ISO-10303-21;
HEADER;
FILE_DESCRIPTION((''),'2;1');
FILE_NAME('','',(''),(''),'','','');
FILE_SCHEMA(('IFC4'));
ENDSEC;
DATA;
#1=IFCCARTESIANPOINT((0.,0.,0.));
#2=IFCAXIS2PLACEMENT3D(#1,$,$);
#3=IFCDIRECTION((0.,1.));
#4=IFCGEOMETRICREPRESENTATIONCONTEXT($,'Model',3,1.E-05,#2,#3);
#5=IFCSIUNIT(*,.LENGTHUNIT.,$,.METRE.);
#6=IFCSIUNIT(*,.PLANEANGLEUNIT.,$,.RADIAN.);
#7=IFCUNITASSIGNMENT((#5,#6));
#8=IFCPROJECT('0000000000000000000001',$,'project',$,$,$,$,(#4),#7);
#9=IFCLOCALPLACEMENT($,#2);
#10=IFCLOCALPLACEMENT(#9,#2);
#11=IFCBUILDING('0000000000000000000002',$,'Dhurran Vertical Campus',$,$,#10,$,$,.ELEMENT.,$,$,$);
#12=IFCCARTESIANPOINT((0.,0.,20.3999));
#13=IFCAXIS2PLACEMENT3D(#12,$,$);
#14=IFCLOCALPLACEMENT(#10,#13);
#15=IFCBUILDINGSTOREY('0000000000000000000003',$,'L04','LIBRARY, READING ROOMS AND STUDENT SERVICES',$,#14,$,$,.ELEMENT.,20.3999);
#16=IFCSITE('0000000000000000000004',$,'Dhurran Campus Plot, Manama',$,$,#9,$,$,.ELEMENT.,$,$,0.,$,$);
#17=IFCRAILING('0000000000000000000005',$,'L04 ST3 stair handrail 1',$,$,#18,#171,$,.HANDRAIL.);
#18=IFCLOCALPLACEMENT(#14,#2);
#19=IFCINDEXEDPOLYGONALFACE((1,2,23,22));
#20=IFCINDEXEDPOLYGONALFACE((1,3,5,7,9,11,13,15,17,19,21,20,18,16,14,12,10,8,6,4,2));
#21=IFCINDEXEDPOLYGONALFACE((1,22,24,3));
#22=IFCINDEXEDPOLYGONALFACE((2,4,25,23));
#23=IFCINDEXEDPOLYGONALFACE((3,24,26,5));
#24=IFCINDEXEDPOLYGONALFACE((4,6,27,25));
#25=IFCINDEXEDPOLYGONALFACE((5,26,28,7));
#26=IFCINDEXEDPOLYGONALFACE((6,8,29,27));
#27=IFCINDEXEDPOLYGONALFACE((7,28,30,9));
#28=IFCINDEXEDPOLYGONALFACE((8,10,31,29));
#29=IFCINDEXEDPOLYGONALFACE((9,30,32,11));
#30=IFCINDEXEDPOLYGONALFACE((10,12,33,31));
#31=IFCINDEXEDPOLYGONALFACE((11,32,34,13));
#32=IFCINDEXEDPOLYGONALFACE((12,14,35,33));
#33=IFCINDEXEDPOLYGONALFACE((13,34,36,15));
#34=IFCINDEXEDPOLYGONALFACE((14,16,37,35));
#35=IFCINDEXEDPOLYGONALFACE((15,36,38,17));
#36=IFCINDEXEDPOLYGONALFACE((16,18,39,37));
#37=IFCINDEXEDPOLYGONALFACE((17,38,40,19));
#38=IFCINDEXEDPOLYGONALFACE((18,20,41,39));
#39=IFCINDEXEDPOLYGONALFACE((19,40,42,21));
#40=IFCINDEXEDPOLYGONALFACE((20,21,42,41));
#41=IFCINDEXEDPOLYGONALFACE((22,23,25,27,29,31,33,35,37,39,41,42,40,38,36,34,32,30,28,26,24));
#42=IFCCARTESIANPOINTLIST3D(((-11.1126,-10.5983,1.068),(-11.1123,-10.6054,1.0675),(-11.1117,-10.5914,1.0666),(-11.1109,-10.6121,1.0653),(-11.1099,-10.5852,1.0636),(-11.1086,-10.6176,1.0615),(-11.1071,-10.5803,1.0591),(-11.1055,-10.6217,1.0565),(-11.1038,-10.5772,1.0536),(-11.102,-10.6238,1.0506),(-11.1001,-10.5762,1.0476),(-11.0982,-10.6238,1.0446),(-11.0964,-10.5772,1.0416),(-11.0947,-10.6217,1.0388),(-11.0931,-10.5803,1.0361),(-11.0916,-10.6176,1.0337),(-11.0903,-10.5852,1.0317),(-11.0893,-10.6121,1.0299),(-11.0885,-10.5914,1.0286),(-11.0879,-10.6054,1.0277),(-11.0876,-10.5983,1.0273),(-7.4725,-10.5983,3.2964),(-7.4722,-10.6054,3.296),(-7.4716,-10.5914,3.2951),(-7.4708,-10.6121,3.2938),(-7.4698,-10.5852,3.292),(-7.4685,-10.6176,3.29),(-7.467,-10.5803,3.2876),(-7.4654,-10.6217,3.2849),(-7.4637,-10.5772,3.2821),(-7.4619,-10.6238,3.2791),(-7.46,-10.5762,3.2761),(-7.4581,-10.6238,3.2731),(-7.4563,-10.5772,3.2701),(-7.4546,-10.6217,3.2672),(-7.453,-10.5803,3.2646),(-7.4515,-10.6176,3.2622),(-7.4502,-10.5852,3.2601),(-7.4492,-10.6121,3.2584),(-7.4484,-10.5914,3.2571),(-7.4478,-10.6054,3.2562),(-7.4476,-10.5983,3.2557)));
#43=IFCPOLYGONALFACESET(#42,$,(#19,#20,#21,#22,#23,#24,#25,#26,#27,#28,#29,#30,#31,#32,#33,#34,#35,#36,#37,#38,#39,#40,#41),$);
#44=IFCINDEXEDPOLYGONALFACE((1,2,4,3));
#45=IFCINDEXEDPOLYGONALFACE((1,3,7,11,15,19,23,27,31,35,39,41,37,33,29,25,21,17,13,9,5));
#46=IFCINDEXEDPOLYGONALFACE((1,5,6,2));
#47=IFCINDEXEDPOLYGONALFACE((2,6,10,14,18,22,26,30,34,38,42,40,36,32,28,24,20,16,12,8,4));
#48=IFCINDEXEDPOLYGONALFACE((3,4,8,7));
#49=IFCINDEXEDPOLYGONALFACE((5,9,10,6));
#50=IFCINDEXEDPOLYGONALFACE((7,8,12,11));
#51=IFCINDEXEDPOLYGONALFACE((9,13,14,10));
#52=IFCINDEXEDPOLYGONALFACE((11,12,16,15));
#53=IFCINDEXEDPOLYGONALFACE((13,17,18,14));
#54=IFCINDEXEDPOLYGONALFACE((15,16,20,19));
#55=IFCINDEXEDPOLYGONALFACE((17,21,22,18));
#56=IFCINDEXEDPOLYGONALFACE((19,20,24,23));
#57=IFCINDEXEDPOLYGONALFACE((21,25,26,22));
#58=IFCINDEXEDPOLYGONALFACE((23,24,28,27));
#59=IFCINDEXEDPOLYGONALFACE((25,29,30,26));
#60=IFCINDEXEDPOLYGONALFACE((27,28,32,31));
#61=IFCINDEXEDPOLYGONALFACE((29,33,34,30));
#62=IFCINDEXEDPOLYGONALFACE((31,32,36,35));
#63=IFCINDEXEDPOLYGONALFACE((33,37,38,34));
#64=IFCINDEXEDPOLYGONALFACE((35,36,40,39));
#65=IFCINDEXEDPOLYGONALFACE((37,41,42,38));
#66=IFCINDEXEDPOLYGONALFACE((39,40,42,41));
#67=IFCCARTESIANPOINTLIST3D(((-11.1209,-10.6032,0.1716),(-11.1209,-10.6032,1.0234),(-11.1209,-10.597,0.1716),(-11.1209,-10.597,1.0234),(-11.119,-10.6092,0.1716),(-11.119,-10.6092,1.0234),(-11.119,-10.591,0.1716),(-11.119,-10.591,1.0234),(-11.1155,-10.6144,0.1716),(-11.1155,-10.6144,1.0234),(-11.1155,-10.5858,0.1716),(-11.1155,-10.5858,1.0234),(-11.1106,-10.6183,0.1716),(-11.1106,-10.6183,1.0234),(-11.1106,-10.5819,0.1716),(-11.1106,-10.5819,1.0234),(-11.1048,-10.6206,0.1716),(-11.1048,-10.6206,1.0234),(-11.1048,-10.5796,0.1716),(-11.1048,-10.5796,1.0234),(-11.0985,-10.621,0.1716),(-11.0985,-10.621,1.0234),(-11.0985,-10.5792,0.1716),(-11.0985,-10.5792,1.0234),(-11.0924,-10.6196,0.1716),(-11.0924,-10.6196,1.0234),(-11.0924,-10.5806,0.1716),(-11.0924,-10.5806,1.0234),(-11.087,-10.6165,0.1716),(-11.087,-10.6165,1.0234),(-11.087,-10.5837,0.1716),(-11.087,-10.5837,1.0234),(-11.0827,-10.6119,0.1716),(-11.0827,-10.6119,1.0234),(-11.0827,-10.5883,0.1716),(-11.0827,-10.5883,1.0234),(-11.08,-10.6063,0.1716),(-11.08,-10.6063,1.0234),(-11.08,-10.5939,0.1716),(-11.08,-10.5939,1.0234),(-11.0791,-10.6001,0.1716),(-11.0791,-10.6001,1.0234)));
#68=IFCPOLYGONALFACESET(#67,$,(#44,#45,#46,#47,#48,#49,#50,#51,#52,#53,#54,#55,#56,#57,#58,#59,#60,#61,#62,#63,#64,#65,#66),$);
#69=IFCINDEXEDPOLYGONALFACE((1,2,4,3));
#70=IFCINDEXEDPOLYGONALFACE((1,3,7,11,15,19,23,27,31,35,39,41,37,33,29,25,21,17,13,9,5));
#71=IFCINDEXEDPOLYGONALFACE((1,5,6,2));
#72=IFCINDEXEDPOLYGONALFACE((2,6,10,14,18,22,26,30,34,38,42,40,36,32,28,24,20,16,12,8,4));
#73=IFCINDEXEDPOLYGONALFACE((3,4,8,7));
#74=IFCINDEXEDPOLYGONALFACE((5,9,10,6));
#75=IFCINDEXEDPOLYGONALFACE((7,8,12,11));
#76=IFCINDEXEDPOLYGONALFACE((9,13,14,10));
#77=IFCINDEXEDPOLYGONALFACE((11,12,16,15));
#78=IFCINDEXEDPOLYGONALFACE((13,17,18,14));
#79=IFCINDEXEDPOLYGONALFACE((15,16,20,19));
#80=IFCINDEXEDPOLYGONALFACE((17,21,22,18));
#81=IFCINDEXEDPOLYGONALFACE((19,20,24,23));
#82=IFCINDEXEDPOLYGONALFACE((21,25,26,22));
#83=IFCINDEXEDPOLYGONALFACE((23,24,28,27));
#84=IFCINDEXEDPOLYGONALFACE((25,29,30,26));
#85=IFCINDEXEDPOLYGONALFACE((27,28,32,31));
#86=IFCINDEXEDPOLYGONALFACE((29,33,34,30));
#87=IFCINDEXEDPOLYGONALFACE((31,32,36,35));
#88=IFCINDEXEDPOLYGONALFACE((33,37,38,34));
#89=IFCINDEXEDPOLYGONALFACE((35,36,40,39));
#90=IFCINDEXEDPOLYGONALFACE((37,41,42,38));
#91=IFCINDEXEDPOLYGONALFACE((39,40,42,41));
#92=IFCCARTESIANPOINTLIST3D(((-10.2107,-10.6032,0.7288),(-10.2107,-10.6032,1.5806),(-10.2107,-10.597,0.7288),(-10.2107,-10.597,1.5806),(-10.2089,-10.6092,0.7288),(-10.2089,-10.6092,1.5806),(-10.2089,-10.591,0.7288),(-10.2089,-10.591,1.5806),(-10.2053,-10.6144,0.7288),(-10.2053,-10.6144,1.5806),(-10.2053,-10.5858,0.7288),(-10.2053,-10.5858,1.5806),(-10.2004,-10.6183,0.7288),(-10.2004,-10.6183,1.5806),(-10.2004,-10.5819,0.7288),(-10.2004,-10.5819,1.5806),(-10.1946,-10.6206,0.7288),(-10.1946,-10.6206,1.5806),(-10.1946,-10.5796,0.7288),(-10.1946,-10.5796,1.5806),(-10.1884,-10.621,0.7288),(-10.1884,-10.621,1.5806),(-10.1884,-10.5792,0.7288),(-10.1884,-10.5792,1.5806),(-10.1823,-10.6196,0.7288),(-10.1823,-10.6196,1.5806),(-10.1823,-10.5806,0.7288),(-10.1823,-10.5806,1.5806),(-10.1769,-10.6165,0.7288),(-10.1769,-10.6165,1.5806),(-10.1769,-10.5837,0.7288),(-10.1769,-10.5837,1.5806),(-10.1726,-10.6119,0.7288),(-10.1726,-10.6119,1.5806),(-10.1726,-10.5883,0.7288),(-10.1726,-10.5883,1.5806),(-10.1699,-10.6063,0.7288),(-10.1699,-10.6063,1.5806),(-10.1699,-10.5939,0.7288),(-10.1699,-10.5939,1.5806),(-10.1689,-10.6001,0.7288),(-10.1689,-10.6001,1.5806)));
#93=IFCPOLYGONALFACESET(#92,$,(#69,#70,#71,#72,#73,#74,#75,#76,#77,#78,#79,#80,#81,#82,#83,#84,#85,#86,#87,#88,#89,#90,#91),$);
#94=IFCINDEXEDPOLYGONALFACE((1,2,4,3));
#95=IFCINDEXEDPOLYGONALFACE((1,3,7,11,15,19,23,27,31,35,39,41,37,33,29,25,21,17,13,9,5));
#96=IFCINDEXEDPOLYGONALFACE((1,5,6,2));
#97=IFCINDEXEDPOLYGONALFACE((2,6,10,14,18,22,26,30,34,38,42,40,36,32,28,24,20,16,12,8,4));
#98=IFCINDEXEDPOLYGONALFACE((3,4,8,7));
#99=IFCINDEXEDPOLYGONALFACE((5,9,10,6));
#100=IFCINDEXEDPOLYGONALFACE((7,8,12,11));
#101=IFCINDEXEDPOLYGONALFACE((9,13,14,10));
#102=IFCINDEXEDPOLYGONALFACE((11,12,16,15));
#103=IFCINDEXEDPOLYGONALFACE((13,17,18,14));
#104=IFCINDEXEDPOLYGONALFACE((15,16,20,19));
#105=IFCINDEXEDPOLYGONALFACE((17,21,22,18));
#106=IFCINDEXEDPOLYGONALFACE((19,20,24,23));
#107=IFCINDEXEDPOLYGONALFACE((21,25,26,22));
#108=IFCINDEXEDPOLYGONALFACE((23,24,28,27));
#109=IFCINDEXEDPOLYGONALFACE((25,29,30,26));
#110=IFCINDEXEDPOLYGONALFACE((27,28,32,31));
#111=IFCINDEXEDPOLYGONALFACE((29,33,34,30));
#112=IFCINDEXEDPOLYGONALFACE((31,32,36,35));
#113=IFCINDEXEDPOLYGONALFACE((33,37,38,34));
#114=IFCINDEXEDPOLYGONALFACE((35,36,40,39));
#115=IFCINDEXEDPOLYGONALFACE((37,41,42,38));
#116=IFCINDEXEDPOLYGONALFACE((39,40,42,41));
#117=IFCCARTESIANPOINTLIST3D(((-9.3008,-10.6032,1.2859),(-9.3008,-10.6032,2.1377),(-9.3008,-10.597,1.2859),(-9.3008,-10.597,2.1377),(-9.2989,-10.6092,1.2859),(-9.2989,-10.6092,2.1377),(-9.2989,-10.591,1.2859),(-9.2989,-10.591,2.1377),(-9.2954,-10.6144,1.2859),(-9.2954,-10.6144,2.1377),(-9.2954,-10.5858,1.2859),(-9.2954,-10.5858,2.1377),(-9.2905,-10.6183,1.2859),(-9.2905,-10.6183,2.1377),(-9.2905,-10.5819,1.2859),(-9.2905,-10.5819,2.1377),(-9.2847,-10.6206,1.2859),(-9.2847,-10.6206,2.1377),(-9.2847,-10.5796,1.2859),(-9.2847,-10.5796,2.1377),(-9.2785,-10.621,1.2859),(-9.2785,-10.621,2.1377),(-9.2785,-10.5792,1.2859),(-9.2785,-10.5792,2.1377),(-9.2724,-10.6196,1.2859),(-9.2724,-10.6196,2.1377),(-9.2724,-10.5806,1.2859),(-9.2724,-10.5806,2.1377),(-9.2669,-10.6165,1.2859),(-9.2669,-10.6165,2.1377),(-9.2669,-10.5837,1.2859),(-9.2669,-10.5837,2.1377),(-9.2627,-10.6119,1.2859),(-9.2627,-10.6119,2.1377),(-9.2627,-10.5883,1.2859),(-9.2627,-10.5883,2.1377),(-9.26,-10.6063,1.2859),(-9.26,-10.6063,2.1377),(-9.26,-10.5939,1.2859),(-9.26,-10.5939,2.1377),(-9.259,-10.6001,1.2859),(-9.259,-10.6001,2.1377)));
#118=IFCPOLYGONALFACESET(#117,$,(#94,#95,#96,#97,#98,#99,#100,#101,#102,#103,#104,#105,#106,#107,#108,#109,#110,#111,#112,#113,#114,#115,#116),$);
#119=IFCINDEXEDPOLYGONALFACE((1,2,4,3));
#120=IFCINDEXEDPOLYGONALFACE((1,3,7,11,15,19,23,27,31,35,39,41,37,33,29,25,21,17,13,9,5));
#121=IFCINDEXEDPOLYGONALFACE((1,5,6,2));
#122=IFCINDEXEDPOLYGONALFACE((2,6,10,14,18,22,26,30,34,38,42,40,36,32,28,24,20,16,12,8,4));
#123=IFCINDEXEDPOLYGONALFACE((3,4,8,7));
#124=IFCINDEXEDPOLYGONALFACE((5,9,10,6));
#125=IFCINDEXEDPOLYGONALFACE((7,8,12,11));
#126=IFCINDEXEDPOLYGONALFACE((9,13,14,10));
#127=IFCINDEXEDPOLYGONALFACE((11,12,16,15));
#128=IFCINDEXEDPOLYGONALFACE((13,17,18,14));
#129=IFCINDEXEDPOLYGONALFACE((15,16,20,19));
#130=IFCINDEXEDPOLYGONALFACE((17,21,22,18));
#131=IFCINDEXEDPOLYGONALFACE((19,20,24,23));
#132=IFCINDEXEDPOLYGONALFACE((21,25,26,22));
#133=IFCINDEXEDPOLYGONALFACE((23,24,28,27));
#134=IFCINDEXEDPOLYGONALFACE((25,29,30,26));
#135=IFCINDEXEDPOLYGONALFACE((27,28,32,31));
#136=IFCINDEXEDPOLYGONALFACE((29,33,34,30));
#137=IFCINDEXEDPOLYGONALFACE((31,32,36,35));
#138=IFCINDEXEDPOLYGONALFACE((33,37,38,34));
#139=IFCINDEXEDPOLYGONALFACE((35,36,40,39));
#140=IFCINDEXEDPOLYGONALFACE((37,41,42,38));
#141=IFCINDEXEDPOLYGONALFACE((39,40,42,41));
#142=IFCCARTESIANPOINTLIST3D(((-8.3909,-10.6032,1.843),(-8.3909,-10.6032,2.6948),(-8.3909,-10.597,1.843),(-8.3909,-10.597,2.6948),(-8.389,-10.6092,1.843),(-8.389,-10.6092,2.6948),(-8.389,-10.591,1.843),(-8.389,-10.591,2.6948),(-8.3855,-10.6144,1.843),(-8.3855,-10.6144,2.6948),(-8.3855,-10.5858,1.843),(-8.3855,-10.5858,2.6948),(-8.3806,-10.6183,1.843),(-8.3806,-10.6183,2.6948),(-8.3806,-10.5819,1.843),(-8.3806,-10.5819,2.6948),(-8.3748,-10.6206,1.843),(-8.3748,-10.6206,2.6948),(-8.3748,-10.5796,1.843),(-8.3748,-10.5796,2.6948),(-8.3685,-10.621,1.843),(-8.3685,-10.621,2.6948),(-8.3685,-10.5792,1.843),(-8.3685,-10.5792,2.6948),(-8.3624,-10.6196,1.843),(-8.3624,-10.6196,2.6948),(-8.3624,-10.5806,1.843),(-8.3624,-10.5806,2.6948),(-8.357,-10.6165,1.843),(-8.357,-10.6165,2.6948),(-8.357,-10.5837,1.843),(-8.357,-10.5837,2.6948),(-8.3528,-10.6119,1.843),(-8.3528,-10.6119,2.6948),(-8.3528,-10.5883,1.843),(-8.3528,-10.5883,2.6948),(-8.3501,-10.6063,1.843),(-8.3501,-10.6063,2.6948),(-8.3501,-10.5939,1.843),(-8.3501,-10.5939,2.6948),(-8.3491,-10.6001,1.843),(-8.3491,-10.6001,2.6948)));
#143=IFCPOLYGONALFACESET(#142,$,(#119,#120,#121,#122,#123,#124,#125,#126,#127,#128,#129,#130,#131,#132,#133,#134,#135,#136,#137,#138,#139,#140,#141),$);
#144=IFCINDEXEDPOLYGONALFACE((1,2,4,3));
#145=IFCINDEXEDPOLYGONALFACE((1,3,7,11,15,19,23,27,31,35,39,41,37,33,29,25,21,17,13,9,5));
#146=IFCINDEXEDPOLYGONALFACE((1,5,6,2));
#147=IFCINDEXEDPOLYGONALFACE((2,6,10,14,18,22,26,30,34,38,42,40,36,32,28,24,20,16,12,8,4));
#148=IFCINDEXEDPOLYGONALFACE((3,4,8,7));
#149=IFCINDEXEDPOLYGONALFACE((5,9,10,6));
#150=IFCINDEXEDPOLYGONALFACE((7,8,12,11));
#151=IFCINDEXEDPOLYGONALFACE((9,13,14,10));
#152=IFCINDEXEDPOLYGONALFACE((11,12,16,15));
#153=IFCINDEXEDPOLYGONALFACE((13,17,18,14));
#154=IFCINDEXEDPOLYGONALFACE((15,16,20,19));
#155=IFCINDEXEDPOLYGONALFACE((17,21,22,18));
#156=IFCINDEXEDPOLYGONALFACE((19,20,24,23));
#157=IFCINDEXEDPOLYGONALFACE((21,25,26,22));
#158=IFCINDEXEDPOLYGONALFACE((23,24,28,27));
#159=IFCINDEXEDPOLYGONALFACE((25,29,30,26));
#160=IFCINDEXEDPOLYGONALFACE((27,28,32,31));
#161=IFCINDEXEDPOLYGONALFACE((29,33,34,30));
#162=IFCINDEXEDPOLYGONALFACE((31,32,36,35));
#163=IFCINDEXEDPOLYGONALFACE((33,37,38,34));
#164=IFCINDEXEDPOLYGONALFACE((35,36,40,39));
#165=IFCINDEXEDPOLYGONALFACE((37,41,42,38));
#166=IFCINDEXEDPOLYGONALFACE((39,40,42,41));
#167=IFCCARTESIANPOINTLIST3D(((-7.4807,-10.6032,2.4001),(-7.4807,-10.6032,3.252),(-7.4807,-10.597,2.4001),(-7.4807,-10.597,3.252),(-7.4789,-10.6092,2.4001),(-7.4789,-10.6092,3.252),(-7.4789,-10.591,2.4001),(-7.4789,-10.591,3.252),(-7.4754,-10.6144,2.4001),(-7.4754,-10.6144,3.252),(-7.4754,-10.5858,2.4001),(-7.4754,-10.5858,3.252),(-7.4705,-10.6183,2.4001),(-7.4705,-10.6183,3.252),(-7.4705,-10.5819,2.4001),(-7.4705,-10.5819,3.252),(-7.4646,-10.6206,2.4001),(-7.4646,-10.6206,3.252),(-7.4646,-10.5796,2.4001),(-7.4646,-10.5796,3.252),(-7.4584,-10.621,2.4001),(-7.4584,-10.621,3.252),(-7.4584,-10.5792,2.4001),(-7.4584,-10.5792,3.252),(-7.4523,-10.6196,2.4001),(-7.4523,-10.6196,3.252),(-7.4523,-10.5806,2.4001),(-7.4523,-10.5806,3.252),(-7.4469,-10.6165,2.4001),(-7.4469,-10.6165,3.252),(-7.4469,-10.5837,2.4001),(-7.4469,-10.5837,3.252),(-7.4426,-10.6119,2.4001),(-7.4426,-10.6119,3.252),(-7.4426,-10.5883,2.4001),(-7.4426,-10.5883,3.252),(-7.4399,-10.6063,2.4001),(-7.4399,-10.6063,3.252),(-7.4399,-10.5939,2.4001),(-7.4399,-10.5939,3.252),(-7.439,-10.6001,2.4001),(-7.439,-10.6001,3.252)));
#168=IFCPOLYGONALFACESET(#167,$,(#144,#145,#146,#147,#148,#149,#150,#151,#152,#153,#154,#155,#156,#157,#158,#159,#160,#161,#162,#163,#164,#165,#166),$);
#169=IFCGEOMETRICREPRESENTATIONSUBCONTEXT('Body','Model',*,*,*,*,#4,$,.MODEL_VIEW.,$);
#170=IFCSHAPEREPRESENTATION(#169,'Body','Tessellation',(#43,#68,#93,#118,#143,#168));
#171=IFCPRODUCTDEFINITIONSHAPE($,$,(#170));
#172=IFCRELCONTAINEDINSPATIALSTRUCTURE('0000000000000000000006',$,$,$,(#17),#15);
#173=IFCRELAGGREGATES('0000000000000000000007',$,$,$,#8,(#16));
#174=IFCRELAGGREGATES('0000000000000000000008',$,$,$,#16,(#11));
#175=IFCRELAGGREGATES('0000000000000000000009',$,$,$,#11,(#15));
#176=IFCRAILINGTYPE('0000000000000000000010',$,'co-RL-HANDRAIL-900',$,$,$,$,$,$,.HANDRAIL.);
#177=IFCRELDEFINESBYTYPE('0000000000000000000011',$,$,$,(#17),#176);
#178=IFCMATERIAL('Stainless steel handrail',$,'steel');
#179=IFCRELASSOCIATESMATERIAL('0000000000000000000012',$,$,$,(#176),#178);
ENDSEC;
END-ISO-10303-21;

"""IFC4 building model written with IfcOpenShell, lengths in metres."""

from ifc_helpers import new_model, si_unit, direction, frame, origin, origin_2d, place, context, subcontext, project, spatial, circle, extrude, material, type_object, element, save


model = new_model("IFC4")

# Units and contexts
model_context = context("Model", 3, precision=1e-05, world=origin(), true_north=direction((0.0, 1.0)))
body_context = subcontext(model_context, "Body", "Model", "MODEL_VIEW")
ifc_project = project(units=[si_unit("LENGTHUNIT", "METRE"), si_unit("PLANEANGLEUNIT", "RADIAN")], contexts=[model_context])

# Site, building, storey
site_placement = place(None, origin())
site = spatial("IfcSite", under=ifc_project, at=site_placement, Name="Dhurran Campus Plot, Manama", CompositionType="ELEMENT", RefElevation=0.0)
building_placement = place(site_placement, origin())
building = spatial("IfcBuilding", under=site, at=building_placement, Name="Dhurran Vertical Campus", CompositionType="ELEMENT")
storey_placement = place(building_placement, frame((0.0, 0.0, 20.3999)))
storey = spatial("IfcBuildingStorey", under=building, at=storey_placement, Name="L04", Description="LIBRARY, READING ROOMS AND STUDENT SERVICES", CompositionType="ELEMENT", Elevation=20.3999)

# Railing
ifc_material_1 = material(Name="Stainless steel handrail", Category="steel")
railing_type_1 = type_object("IfcRailingType", Name="co-RL-HANDRAIL-900", PredefinedType="HANDRAIL", material=ifc_material_1)
railing_1_placement = place(storey_placement, frame((-11.1001, -10.6001, 0.1716)))
element("IfcRailing", 1, at=railing_1_placement, inside=storey, type_object=railing_type_1, Name="L04 ST3 stair handrail 1", PredefinedType="HANDRAIL", context=body_context, shape_type="SweptSolid", body=[
    extrude(circle(Radius=0.0239, at=origin_2d()), frame((0.0, 0.0, 0.876), z_axis=(0.852866, 0.0, 0.52213), x_axis=(0.0, 1.0, 0.0)), (0.0, 0.0, 1.0), 4.2681),
    extrude(circle(Radius=0.021, at=origin_2d()), origin(), (0.0, 0.0, 1.0), 0.8518),
    extrude(circle(Radius=0.021, at=origin_2d()), frame((0.9102, 0.0, 0.5571)), (0.0, 0.0, 1.0), 0.8518),
    extrude(circle(Radius=0.021, at=origin_2d()), frame((1.8201, 0.0, 1.1143)), (0.0, 0.0, 1.0), 0.8518),
    extrude(circle(Radius=0.021, at=origin_2d()), frame((2.73, 0.0, 1.6714)), (0.0, 0.0, 1.0), 0.8518),
    extrude(circle(Radius=0.021, at=origin_2d()), frame((3.6401, 0.0, 2.2285)), (0.0, 0.0, 1.0), 0.8518),
])

save(model, "model.ifc")
